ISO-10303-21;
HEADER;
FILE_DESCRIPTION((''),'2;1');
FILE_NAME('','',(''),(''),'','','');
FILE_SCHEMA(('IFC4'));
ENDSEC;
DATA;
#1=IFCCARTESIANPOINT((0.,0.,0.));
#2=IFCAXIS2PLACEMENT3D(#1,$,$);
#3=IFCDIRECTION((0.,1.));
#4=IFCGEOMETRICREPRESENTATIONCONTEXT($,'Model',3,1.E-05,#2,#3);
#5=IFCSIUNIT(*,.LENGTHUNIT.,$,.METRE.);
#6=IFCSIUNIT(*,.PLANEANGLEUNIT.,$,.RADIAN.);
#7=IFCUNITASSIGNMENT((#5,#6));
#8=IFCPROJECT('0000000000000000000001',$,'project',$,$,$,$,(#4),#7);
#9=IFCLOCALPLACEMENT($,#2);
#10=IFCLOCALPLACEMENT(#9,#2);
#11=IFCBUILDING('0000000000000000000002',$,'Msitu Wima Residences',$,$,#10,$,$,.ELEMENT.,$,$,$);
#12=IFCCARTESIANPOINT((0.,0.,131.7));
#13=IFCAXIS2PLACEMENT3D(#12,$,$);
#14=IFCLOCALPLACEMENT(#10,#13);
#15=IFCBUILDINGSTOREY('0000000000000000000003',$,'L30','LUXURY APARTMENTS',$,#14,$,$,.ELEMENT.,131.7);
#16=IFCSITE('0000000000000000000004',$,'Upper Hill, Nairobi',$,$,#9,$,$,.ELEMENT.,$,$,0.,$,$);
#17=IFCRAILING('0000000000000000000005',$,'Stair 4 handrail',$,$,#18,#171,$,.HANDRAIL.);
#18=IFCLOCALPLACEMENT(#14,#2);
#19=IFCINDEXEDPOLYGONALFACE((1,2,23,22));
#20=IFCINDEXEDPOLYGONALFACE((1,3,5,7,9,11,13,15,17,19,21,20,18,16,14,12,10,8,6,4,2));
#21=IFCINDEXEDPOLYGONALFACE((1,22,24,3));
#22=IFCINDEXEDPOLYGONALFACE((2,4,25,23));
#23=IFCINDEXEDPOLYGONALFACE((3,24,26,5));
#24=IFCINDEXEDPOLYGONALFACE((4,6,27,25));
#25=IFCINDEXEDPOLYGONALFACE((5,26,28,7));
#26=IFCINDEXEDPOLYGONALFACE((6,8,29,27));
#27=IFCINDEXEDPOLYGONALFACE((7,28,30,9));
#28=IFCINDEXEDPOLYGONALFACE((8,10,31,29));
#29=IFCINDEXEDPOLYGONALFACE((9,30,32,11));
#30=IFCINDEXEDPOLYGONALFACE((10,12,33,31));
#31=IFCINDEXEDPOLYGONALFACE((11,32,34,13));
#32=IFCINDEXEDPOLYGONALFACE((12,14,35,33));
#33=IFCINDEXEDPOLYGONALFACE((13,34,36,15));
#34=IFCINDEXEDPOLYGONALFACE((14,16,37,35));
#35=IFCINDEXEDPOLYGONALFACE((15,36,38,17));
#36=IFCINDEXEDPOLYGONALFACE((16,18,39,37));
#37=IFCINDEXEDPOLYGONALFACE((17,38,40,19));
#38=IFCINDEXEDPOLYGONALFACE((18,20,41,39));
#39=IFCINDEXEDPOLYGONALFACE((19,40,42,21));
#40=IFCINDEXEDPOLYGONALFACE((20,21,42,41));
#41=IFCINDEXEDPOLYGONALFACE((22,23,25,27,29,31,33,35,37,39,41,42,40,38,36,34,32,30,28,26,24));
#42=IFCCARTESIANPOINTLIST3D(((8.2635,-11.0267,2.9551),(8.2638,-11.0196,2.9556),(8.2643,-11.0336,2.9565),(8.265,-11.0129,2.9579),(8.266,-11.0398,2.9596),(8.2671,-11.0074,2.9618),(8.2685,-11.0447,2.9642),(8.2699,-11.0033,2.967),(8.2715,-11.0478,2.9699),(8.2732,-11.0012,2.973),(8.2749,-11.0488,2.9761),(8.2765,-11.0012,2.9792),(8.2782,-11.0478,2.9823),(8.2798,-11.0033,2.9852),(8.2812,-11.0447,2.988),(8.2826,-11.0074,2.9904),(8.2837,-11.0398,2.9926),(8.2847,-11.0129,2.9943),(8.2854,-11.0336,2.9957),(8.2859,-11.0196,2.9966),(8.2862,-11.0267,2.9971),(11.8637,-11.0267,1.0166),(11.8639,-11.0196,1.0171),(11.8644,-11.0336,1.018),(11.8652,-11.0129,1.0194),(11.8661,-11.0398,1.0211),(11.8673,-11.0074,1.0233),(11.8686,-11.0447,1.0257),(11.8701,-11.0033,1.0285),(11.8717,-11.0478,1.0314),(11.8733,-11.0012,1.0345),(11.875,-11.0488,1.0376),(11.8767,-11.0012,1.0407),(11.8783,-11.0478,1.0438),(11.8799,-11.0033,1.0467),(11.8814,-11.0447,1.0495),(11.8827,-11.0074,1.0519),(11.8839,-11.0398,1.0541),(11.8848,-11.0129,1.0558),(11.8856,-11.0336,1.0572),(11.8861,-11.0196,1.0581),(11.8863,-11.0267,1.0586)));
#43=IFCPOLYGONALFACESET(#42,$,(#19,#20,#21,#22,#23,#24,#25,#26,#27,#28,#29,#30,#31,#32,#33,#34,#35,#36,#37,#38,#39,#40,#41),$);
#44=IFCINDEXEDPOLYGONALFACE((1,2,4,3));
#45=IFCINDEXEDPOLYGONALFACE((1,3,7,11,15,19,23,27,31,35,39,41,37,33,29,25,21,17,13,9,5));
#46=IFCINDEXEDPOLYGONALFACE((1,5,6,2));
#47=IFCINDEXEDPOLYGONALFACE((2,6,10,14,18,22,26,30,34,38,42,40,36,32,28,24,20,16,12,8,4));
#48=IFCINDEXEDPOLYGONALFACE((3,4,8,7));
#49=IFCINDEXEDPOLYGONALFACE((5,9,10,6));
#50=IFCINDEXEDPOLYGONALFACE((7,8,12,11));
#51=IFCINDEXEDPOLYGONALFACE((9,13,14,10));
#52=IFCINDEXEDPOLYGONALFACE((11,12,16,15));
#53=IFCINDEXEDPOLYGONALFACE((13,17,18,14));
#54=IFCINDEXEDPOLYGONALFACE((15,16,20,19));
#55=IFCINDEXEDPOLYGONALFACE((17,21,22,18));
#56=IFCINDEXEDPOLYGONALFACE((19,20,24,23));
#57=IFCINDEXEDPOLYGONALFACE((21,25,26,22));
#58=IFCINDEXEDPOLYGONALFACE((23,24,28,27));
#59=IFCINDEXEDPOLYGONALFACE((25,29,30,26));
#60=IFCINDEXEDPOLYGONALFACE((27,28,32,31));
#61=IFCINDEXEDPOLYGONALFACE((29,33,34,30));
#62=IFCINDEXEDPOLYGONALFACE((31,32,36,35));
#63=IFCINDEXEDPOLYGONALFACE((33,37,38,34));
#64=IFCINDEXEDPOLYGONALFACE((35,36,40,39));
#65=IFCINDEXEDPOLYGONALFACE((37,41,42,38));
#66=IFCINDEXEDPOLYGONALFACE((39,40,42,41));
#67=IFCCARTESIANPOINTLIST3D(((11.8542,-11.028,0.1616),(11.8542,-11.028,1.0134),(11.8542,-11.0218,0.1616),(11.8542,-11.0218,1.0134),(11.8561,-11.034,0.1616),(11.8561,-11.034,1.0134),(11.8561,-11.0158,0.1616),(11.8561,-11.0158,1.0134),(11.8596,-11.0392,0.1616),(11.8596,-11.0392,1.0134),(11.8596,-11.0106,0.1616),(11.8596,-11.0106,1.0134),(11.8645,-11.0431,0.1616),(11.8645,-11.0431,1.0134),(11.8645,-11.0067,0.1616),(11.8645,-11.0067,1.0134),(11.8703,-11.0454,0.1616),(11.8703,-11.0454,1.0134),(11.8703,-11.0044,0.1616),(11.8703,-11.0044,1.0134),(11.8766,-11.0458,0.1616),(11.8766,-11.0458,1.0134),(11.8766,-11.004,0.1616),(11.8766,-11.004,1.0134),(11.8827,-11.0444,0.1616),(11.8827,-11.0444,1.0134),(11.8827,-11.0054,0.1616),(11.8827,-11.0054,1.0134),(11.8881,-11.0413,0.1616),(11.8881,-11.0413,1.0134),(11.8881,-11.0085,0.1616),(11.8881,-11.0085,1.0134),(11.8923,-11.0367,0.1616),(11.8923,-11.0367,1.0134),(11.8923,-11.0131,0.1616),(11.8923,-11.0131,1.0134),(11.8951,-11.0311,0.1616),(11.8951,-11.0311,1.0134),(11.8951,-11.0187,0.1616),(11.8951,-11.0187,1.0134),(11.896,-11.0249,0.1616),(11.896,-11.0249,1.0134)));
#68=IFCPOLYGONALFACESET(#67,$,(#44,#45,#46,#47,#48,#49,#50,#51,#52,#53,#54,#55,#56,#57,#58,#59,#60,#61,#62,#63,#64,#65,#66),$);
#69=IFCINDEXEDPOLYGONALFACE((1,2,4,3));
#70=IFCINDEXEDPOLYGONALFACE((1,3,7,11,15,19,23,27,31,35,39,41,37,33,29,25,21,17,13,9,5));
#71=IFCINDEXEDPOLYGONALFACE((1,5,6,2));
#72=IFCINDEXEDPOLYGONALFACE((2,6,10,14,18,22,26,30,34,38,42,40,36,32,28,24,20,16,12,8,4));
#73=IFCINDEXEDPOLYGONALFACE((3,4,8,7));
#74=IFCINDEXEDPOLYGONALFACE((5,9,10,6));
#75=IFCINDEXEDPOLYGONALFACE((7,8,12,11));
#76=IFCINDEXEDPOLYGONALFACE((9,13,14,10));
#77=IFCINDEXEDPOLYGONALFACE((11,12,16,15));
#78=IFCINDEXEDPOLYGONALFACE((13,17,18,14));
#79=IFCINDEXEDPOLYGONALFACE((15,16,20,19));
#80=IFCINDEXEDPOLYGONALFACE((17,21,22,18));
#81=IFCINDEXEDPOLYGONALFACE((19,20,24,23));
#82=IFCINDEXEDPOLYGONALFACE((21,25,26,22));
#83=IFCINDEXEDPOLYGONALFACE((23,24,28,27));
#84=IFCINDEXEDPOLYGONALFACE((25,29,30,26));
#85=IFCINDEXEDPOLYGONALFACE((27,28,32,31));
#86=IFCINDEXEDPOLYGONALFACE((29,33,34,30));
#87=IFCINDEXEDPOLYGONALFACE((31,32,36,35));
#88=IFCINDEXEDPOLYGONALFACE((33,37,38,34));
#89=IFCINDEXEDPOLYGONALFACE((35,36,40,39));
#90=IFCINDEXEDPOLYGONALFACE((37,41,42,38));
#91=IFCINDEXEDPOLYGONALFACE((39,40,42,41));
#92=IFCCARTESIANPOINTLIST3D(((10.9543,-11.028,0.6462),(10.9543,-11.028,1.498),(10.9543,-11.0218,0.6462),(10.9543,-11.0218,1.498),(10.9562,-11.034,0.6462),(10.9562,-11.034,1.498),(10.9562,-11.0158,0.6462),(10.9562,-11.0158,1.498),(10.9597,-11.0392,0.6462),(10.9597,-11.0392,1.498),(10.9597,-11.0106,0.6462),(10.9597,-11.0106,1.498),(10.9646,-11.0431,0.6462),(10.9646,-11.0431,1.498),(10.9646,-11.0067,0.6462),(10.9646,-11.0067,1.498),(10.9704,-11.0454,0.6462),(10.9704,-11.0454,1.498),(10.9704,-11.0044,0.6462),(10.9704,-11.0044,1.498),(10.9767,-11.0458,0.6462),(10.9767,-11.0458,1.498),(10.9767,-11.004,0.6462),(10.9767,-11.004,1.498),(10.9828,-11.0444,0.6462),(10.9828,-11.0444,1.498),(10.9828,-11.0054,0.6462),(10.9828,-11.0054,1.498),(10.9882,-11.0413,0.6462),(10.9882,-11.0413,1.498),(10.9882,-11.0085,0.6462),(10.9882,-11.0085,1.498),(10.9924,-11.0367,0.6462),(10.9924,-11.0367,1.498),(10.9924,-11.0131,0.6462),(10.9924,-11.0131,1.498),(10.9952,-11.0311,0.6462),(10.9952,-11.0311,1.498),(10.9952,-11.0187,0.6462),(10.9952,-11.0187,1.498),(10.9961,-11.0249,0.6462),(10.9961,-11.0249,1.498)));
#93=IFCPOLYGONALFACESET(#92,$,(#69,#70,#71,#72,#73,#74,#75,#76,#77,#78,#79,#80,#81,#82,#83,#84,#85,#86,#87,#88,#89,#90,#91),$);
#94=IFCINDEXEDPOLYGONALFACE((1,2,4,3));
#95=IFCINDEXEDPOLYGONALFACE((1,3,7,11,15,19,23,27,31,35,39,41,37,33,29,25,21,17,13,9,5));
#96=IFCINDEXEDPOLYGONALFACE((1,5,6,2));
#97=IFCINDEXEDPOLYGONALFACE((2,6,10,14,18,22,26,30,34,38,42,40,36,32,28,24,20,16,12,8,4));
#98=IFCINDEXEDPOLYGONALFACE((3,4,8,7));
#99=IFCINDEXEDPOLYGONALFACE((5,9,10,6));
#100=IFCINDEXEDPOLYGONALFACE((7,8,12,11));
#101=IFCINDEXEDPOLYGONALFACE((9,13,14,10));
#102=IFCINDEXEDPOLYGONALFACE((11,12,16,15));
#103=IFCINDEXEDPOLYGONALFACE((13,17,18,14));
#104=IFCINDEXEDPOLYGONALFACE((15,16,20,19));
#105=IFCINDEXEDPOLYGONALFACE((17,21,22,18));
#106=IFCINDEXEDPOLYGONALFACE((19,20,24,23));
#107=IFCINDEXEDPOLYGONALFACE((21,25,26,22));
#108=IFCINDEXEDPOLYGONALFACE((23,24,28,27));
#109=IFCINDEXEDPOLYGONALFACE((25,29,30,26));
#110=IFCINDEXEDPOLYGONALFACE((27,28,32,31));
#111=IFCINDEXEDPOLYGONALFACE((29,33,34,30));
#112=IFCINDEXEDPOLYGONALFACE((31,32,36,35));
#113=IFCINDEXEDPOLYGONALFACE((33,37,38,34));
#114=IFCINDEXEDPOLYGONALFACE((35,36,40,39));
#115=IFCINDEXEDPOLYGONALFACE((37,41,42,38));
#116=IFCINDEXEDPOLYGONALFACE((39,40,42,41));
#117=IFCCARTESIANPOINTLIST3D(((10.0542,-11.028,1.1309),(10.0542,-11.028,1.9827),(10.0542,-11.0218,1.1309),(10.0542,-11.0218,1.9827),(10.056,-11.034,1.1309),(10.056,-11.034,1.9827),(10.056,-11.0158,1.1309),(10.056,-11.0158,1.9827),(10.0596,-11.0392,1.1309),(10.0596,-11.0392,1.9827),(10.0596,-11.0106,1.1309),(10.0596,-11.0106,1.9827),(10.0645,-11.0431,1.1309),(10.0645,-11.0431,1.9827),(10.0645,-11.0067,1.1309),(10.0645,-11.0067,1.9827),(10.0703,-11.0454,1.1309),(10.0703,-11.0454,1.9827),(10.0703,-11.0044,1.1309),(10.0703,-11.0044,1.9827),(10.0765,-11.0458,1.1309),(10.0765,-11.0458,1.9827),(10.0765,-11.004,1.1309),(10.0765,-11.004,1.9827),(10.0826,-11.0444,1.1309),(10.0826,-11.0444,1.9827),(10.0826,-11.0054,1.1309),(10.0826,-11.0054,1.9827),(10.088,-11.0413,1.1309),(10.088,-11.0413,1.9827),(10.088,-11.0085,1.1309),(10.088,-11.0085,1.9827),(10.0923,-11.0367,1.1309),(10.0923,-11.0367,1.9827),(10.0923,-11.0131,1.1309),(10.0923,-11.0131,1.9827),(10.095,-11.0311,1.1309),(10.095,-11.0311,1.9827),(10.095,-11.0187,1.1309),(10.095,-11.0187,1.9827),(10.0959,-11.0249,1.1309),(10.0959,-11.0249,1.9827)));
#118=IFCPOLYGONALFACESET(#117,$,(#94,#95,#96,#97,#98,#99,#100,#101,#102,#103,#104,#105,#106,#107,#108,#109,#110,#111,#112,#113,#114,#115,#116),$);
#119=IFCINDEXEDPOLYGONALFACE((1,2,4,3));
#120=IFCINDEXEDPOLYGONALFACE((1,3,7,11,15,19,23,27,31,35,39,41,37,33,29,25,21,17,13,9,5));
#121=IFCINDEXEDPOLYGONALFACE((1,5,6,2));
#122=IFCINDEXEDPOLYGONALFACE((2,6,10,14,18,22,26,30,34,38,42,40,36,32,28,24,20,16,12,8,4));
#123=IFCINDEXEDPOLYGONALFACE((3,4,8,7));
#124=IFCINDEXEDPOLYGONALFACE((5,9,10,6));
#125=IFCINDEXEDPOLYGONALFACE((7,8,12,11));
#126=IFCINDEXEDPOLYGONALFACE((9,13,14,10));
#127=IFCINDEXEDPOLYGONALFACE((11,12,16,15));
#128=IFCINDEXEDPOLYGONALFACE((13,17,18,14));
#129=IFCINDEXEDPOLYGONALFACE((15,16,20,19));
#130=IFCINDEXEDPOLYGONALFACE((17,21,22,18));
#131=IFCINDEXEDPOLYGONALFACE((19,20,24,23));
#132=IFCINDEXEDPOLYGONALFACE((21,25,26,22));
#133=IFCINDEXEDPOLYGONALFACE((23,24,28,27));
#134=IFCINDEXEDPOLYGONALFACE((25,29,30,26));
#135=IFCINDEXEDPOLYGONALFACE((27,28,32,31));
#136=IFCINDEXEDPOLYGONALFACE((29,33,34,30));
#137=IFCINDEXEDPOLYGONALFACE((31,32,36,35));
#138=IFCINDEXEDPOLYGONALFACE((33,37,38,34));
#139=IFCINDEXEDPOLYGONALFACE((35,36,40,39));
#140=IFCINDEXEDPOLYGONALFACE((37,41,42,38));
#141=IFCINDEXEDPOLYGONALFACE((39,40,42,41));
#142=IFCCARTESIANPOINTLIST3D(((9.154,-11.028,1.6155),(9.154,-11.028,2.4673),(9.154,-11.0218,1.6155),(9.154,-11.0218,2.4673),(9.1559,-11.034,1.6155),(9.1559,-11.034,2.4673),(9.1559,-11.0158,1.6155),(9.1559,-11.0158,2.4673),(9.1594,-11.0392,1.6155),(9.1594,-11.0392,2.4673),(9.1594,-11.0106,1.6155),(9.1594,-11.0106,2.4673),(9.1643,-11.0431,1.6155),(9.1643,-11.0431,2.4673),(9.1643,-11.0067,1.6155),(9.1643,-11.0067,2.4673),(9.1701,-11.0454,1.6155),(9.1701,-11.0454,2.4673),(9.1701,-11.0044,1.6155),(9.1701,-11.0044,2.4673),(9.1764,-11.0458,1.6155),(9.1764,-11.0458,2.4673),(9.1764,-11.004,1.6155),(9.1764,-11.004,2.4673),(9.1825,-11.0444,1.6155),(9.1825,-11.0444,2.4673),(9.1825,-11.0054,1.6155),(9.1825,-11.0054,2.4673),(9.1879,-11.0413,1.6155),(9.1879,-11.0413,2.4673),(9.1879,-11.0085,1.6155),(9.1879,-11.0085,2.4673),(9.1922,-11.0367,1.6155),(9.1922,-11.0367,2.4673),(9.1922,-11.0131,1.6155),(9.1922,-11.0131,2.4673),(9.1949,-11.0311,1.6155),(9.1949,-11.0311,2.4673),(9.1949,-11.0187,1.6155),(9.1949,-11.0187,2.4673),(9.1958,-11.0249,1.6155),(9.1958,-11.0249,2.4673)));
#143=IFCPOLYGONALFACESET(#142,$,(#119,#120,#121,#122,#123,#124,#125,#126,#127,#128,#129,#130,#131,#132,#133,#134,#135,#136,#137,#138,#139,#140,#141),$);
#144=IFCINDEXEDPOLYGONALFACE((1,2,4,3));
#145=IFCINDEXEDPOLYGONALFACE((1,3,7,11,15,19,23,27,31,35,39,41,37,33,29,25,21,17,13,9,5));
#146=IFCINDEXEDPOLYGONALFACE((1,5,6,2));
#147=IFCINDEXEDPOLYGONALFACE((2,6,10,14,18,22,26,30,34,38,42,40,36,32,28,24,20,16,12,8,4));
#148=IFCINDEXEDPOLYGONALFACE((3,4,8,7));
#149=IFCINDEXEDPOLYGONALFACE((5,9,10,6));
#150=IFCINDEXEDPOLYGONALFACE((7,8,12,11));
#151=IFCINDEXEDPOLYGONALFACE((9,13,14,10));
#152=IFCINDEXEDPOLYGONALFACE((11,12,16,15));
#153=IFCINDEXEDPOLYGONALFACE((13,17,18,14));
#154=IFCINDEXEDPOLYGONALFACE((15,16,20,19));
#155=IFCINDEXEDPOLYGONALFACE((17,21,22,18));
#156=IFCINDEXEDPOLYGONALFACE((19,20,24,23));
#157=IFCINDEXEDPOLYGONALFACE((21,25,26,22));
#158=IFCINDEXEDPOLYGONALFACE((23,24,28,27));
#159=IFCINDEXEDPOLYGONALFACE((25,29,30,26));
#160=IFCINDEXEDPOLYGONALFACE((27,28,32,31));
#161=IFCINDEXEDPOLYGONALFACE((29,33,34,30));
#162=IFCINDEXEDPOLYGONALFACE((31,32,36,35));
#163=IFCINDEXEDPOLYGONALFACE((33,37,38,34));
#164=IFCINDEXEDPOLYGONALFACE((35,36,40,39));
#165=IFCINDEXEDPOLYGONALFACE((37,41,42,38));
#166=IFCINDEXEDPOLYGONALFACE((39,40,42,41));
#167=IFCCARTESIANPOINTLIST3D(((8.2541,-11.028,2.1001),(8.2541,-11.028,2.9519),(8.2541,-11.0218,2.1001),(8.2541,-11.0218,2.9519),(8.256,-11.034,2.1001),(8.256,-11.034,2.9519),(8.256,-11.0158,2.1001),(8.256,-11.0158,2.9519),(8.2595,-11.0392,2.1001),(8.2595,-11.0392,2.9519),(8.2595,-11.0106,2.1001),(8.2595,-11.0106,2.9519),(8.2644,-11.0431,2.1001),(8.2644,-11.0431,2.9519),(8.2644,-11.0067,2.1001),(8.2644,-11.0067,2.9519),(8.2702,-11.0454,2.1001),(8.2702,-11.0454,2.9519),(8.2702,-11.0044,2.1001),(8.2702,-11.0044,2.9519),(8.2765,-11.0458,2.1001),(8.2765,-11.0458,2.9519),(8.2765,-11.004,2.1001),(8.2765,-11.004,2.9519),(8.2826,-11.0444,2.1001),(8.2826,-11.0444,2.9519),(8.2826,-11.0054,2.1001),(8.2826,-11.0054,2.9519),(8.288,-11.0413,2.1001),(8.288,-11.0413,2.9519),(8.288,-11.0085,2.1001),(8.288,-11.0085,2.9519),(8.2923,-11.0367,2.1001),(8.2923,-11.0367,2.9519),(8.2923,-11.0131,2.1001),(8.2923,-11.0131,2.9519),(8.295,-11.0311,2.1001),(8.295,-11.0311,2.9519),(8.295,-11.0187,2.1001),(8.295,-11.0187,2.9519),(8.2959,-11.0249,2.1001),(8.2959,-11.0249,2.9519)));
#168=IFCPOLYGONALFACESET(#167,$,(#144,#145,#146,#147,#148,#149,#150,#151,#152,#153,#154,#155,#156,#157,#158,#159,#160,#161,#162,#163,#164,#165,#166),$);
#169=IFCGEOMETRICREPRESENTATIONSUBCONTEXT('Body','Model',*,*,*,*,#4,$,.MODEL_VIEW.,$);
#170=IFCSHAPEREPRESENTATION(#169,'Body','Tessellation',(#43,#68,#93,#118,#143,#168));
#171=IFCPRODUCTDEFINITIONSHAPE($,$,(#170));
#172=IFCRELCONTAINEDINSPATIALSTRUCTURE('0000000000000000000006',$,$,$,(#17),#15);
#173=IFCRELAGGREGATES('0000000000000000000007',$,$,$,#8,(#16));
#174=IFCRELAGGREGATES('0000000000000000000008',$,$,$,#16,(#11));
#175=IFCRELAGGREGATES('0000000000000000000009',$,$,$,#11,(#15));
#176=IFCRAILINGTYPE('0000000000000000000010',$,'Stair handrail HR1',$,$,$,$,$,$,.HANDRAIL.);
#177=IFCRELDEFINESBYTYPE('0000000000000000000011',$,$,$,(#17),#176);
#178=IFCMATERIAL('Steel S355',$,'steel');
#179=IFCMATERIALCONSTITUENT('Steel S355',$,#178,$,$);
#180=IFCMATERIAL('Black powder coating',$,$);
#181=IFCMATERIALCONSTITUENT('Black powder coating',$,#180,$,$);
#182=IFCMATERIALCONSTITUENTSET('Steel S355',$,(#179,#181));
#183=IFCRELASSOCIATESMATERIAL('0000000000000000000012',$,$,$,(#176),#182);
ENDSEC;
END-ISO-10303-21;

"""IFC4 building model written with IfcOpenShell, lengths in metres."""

from ifc_helpers import new_model, si_unit, direction, frame, origin, origin_2d, place, context, subcontext, project, spatial, circle, extrude, material, constituent, constituent_set, type_object, element, save


model = new_model("IFC4")

# Units and contexts
model_context = context("Model", 3, precision=1e-05, world=origin(), true_north=direction((0.0, 1.0)))
body_context = subcontext(model_context, "Body", "Model", "MODEL_VIEW")
ifc_project = project(units=[si_unit("LENGTHUNIT", "METRE"), si_unit("PLANEANGLEUNIT", "RADIAN")], contexts=[model_context])

# Site, building, storey
site_placement = place(None, origin())
site = spatial("IfcSite", under=ifc_project, at=site_placement, Name="Upper Hill, Nairobi", CompositionType="ELEMENT", RefElevation=0.0)
building_placement = place(site_placement, origin())
building = spatial("IfcBuilding", under=site, at=building_placement, Name="Msitu Wima Residences", CompositionType="ELEMENT")
storey_placement = place(building_placement, frame((0.0, 0.0, 131.7)))
storey = spatial("IfcBuildingStorey", under=building, at=storey_placement, Name="L30", Description="LUXURY APARTMENTS", CompositionType="ELEMENT", Elevation=131.7)

# Railing
ifc_material_1 = material(Name="Steel S355", Category="steel")
ifc_constituent_1 = constituent(ifc_material_1, Name="Steel S355")
ifc_material_2 = material(Name="Black powder coating")
ifc_constituent_2 = constituent(ifc_material_2, Name="Black powder coating")
ifc_constituent_set_1 = constituent_set(constituents=[ifc_constituent_1, ifc_constituent_2], Name="Steel S355")
railing_type_1 = type_object("IfcRailingType", Name="Stair handrail HR1", PredefinedType="HANDRAIL", material=ifc_constituent_set_1)
for number, where, name in (
    (1, (11.875, -11.0249, 0.1616), "Stair 4 handrail"),
):
    element("IfcRailing", number, at=place(storey_placement, frame(where)), inside=storey, type_object=railing_type_1, Name=name, PredefinedType="HANDRAIL", context=body_context, shape_type="SweptSolid", body=[
        extrude(circle(Radius=0.0239, at=origin_2d()), frame((0.0, 0.0, 0.876), z_axis=(-0.880475, 0.0, 0.474093), x_axis=(0.0, -1.0, 0.0)), (0.0, 0.0, 1.0), 4.0889),
        extrude(circle(Radius=0.021, at=origin_2d()), origin(), (0.0, 0.0, 1.0), 0.8518),
        extrude(circle(Radius=0.021, at=origin_2d()), frame((-0.8999, 0.0, 0.4846)), (0.0, 0.0, 1.0), 0.8518),
        extrude(circle(Radius=0.021, at=origin_2d()), frame((-1.8, 0.0, 0.9692)), (0.0, 0.0, 1.0), 0.8518),
        extrude(circle(Radius=0.021, at=origin_2d()), frame((-2.7002, 0.0, 1.4539)), (0.0, 0.0, 1.0), 0.8518),
        extrude(circle(Radius=0.021, at=origin_2d()), frame((-3.6001, 0.0, 1.9385)), (0.0, 0.0, 1.0), 0.8518),
    ])

save(model, "model.ifc")
